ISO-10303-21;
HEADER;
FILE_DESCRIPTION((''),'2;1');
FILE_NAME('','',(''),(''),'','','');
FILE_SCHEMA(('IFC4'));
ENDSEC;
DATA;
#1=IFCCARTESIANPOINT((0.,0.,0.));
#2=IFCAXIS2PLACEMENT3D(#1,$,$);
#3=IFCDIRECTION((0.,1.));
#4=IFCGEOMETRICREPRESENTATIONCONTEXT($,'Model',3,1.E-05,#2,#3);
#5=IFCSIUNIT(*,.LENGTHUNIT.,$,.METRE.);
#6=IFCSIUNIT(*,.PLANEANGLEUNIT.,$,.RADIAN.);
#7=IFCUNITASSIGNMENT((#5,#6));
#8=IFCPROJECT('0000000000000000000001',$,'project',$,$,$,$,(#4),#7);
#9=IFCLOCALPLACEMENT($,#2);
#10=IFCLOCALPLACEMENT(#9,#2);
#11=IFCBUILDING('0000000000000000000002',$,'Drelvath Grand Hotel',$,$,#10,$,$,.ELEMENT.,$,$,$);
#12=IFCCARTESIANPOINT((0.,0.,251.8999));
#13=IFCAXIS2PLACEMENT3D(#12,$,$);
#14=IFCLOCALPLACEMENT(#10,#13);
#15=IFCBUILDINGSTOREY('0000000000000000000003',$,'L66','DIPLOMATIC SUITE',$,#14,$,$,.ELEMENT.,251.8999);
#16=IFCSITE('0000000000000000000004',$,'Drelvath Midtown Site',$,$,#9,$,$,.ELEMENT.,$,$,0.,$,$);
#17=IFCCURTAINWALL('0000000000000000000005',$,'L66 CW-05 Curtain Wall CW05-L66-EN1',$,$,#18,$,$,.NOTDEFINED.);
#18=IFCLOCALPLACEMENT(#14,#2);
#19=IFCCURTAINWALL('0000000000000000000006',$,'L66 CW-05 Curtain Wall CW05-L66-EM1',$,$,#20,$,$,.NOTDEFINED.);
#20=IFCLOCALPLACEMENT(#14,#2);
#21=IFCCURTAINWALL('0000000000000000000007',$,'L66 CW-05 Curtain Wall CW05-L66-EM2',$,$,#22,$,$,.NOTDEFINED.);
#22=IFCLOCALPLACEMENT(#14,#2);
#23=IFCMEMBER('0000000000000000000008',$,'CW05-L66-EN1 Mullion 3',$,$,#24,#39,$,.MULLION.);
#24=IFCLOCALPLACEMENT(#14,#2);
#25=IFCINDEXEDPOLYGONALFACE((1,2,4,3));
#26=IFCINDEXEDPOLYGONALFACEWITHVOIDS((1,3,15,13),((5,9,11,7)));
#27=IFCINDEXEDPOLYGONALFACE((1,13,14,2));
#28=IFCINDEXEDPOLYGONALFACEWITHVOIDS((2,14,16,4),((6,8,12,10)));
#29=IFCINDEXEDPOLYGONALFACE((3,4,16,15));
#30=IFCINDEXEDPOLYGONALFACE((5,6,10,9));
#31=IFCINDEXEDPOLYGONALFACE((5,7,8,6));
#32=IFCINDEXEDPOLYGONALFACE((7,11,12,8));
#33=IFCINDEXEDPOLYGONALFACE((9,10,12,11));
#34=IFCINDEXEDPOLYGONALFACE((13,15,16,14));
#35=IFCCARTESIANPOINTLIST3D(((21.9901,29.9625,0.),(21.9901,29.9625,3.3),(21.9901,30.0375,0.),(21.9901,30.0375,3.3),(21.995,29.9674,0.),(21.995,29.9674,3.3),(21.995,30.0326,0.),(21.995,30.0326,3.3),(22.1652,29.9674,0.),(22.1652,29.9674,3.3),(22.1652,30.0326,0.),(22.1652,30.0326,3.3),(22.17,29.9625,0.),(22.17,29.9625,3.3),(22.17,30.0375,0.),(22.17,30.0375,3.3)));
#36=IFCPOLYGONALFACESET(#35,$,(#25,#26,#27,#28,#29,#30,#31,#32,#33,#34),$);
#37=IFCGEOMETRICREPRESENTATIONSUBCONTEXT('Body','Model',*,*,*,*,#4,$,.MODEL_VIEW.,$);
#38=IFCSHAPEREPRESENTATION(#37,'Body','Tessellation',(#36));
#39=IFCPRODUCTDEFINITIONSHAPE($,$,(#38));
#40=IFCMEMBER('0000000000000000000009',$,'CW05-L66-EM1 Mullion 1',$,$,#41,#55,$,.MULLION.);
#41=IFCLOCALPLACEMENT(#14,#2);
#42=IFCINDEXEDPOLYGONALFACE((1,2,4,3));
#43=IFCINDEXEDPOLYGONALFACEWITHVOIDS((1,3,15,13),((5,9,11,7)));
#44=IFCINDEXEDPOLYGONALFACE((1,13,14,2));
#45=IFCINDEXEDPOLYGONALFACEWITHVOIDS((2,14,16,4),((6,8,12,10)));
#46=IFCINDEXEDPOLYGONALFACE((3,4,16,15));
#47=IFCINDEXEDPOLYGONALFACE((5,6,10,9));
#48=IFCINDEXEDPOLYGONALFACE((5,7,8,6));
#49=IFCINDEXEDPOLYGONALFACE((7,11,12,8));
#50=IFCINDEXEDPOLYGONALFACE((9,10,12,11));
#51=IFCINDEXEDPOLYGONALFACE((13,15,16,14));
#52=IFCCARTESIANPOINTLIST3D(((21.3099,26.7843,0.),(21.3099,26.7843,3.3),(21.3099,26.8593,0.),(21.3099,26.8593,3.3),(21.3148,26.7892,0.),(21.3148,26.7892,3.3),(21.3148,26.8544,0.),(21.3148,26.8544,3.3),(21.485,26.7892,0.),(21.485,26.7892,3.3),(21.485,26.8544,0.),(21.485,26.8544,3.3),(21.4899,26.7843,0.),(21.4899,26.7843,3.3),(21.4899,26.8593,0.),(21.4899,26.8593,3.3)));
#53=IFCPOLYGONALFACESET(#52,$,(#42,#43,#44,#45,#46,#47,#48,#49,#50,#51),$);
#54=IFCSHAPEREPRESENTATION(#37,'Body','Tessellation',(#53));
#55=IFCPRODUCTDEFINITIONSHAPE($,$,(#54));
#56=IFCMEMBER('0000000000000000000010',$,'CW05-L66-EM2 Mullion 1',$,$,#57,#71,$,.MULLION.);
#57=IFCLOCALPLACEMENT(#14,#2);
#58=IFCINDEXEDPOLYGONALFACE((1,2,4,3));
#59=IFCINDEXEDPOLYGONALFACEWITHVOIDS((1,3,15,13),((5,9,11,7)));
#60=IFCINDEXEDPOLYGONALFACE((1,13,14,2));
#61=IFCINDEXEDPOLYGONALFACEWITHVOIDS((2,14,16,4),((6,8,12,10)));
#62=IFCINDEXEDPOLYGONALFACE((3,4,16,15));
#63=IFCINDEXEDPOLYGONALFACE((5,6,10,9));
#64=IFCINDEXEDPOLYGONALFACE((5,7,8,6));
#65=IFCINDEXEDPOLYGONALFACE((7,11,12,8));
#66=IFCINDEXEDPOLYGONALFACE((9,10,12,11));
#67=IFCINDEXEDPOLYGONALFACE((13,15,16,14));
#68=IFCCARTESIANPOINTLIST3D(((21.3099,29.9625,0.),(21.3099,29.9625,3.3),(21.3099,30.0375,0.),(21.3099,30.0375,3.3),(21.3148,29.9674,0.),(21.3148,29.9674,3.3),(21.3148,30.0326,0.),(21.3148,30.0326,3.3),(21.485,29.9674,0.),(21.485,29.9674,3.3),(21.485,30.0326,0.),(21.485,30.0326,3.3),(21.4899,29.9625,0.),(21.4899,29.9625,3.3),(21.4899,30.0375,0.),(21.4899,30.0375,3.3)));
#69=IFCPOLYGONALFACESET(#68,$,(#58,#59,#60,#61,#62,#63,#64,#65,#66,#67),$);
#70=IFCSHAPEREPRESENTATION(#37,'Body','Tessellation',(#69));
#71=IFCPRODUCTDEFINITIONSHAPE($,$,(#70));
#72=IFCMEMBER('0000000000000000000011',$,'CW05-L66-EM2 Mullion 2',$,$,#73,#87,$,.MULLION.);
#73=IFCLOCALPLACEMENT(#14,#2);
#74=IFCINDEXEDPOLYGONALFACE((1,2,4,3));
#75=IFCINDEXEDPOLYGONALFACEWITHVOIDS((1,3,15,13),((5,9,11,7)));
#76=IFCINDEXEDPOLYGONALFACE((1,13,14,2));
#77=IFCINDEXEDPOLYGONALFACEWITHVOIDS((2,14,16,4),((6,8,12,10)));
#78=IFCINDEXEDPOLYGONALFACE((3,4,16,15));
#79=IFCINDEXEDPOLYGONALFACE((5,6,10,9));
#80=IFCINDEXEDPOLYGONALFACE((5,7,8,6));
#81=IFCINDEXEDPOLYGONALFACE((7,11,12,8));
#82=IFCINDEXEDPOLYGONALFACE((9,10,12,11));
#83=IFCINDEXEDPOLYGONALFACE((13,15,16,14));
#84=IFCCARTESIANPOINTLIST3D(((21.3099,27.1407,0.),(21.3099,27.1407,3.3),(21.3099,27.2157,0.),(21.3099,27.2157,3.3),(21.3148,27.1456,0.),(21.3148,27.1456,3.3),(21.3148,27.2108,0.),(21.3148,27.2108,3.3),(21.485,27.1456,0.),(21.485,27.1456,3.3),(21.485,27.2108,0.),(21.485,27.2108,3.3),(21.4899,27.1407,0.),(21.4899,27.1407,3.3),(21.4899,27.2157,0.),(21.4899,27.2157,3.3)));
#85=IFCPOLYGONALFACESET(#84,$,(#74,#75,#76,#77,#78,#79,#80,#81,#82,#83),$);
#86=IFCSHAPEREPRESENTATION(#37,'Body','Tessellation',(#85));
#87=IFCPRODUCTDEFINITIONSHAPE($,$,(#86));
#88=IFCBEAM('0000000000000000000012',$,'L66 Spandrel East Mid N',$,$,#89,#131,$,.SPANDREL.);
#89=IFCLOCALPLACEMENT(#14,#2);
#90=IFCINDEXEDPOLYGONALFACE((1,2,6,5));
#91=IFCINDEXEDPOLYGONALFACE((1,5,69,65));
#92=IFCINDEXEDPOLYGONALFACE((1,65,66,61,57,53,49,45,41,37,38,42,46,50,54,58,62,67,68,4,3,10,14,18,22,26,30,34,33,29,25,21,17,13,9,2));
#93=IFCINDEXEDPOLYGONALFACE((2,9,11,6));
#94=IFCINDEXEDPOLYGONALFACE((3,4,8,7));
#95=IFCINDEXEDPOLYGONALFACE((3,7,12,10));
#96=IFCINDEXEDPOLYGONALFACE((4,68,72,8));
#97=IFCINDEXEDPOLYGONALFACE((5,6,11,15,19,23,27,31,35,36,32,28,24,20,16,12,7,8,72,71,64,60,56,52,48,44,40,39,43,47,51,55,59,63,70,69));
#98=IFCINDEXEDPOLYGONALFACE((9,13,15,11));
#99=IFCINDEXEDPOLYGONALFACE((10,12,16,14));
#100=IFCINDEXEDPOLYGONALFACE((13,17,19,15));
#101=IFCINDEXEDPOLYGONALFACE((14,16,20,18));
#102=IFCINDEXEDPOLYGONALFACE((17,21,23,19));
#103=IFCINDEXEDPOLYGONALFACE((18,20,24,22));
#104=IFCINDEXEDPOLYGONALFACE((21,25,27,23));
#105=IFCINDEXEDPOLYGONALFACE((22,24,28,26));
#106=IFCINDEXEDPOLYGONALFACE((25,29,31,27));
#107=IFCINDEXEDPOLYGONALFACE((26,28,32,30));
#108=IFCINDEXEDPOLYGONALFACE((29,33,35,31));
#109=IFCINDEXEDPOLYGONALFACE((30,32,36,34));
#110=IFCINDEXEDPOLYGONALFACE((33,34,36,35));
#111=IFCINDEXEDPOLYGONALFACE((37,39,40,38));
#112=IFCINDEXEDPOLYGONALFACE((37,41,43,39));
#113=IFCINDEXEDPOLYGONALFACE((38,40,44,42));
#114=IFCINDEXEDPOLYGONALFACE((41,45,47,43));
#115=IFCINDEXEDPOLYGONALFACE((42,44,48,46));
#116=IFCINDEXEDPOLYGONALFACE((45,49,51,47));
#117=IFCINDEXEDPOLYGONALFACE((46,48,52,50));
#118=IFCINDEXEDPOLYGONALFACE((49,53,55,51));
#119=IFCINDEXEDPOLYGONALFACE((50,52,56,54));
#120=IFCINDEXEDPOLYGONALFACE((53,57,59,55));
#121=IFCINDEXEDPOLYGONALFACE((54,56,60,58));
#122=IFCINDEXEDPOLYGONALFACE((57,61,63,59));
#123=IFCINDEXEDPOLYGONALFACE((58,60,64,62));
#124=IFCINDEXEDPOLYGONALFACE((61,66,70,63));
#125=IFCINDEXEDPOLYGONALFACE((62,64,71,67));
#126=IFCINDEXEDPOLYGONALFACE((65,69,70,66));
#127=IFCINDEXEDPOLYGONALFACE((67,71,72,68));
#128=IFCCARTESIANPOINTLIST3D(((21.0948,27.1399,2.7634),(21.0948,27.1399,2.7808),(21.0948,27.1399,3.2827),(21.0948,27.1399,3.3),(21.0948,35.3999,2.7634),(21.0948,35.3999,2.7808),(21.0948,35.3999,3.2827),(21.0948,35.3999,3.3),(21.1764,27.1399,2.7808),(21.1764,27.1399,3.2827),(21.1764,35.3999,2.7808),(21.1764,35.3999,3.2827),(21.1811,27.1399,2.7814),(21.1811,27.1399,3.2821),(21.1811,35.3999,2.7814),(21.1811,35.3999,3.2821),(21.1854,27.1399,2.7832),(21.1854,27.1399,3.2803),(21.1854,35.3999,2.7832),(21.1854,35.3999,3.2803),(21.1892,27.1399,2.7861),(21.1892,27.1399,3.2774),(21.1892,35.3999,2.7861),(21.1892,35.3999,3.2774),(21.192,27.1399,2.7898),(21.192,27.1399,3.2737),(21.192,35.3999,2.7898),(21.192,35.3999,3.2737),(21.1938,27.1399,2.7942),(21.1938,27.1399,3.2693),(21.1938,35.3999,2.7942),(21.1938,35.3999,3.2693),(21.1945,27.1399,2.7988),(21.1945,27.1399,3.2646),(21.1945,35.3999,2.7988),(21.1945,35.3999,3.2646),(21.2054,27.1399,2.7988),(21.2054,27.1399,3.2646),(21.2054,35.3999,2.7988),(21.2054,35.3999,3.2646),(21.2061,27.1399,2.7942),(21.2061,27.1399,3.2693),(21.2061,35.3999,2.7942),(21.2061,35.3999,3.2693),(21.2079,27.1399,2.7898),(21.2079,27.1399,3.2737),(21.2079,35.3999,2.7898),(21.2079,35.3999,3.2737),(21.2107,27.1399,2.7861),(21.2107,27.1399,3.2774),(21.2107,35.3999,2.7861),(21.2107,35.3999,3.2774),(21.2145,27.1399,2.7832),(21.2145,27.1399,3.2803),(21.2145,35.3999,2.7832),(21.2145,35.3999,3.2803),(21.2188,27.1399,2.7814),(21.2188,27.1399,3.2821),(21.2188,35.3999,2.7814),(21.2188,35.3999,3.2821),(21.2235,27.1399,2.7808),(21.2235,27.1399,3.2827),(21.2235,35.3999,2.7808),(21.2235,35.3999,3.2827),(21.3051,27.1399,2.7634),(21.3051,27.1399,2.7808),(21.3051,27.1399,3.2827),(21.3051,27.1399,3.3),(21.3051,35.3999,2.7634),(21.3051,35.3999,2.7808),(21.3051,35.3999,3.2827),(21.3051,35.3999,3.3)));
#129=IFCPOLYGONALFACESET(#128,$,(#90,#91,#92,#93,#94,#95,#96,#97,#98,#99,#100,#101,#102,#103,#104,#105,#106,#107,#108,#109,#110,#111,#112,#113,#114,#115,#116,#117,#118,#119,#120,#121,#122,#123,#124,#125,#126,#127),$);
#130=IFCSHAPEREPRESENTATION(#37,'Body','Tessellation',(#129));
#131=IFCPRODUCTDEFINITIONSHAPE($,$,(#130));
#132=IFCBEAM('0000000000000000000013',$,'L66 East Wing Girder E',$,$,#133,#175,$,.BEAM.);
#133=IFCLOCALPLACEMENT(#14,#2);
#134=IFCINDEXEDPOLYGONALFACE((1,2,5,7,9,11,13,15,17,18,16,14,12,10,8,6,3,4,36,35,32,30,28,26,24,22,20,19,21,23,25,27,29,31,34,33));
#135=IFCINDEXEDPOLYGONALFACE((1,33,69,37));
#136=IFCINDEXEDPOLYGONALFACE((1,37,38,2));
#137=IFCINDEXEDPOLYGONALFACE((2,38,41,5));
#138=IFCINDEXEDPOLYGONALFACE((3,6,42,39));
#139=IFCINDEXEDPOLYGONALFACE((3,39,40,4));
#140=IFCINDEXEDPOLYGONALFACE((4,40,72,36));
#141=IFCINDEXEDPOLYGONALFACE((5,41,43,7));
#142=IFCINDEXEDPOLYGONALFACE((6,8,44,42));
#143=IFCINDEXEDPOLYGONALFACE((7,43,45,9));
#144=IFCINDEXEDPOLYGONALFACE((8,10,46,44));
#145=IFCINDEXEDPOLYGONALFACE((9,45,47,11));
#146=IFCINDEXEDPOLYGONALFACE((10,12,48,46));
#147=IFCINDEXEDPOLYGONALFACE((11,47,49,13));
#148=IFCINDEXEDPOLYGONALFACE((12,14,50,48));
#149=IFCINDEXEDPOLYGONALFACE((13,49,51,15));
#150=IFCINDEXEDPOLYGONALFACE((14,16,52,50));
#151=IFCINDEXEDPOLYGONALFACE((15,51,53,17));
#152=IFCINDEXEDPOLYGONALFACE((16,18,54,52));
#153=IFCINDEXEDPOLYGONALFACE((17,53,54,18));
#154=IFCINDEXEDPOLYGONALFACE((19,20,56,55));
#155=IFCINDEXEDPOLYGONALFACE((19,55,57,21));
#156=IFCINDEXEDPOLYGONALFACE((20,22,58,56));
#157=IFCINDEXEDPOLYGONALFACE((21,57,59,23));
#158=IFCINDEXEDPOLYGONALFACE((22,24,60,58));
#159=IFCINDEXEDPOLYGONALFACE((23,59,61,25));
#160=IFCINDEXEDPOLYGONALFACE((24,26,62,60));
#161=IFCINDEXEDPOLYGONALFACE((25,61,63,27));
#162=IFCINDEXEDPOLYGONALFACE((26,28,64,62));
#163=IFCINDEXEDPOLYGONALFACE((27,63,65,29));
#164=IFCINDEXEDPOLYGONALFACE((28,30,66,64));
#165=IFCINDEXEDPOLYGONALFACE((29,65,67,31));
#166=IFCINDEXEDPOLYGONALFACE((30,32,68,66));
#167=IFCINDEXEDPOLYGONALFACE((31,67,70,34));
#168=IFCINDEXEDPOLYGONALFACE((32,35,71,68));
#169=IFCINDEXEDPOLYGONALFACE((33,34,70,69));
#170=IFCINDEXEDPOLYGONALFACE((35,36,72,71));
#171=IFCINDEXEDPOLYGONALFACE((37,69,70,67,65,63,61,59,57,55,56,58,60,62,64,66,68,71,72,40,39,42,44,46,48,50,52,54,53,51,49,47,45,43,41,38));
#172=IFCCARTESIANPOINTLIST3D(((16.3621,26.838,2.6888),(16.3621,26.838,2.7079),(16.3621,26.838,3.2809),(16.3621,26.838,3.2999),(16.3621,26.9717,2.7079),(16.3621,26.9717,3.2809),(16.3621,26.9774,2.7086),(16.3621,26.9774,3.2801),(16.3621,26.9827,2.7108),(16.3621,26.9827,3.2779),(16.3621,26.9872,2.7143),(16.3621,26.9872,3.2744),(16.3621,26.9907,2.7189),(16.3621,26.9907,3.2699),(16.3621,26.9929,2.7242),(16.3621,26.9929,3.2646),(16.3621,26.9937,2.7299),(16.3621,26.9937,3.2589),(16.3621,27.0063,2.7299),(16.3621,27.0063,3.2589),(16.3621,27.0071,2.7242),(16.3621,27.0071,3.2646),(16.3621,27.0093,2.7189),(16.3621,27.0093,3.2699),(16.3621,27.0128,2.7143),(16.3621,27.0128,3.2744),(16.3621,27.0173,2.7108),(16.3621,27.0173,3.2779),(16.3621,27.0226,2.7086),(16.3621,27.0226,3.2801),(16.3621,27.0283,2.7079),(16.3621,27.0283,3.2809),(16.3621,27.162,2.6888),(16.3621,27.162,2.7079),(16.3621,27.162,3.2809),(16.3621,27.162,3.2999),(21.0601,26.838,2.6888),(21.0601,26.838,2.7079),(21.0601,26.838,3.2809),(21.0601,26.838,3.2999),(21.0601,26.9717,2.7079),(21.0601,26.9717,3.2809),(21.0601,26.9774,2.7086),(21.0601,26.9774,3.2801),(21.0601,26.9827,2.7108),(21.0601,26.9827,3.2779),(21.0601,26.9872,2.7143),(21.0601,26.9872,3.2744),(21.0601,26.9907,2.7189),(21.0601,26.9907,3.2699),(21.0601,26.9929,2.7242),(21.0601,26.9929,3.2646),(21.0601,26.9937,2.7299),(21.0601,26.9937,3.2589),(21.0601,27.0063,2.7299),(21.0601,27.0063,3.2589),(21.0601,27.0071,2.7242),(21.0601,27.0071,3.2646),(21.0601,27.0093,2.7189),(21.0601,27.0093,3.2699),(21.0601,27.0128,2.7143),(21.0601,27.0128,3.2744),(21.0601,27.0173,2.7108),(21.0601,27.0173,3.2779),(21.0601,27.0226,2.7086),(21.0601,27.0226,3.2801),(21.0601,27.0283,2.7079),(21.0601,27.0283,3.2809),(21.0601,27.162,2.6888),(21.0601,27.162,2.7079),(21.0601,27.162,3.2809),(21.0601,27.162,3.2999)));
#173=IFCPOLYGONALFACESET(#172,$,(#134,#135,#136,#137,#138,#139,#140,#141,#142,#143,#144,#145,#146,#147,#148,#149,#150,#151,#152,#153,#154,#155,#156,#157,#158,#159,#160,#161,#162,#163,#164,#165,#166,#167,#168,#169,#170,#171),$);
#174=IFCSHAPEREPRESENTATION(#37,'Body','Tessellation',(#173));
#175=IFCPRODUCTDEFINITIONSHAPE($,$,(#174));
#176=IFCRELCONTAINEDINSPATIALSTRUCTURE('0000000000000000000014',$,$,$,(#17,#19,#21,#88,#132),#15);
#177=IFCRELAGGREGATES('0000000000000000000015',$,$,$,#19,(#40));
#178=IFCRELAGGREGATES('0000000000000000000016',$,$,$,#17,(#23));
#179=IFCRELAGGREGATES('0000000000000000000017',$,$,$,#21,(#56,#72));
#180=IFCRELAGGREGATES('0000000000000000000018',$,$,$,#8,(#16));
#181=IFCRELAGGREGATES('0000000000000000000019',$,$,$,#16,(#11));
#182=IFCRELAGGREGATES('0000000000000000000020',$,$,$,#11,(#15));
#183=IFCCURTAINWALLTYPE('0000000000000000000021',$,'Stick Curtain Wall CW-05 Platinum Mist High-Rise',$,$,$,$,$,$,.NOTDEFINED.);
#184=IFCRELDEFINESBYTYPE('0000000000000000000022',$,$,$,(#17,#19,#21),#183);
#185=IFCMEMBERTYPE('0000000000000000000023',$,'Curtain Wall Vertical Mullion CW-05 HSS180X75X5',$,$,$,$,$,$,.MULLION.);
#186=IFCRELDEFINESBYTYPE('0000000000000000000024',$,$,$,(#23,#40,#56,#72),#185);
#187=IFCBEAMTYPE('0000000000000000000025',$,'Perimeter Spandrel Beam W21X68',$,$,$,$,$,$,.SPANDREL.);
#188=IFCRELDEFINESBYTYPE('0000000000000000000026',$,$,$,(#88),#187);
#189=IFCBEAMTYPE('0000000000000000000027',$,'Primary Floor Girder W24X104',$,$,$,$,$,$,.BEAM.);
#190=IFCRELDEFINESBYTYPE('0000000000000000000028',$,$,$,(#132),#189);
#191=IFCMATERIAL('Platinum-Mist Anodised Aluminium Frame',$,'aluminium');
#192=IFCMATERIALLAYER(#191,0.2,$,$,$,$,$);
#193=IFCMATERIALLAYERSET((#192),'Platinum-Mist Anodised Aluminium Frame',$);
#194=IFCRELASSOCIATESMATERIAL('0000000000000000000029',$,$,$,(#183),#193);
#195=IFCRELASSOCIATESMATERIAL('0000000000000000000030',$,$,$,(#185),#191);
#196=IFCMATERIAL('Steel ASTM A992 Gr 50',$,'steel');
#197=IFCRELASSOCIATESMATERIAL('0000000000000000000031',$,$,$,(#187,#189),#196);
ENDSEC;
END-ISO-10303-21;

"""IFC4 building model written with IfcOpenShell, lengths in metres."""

from ifc_helpers import new_model, si_unit, direction, frame, origin, origin_2d, place, context, subcontext, project, spatial, hollow_rectangle, i_section, extrude, material, layer, layer_set, material_profile, profile_set, type_object, element, aggregate, save


model = new_model("IFC4")

# Units and contexts
model_context = context("Model", 3, precision=1e-05, world=origin(), true_north=direction((0.0, 1.0)))
body_context = subcontext(model_context, "Body", "Model", "MODEL_VIEW")
ifc_project = project(units=[si_unit("LENGTHUNIT", "METRE"), si_unit("PLANEANGLEUNIT", "RADIAN")], contexts=[model_context])

# Site, building, storey
site_placement = place(None, origin())
site = spatial("IfcSite", under=ifc_project, at=site_placement, Name="Drelvath Midtown Site", CompositionType="ELEMENT", RefElevation=0.0)
building_placement = place(site_placement, origin())
building = spatial("IfcBuilding", under=site, at=building_placement, Name="Drelvath Grand Hotel", CompositionType="ELEMENT")
storey_placement = place(building_placement, frame((0.0, 0.0, 251.8999)))
storey = spatial("IfcBuildingStorey", under=building, at=storey_placement, Name="L66", Description="DIPLOMATIC SUITE", CompositionType="ELEMENT", Elevation=251.8999)

# Curtain walls
ifc_material_1 = material(Name="Platinum-Mist Anodised Aluminium Frame", Category="aluminium")
ifc_layer_1 = layer(ifc_material_1, 0.2)
ifc_layer_set_1 = layer_set([ifc_layer_1], Name="Platinum-Mist Anodised Aluminium Frame")
curtain_wall_type = type_object("IfcCurtainWallType", Name="Stick Curtain Wall CW-05 Platinum Mist High-Rise", PredefinedType="NOTDEFINED", material=ifc_layer_set_1)
curtain_wall_1_placement = place(storey_placement, origin())
curtain_wall_1 = element("IfcCurtainWall", 1, at=curtain_wall_1_placement, inside=storey, type_object=curtain_wall_type, Name="L66 CW-05 Curtain Wall CW05-L66-EN1", PredefinedType="NOTDEFINED")
curtain_wall_2_placement = place(storey_placement, origin())
curtain_wall_2 = element("IfcCurtainWall", 2, at=curtain_wall_2_placement, inside=storey, type_object=curtain_wall_type, Name="L66 CW-05 Curtain Wall CW05-L66-EM1", PredefinedType="NOTDEFINED")
curtain_wall_3_placement = place(storey_placement, origin())
curtain_wall_3 = element("IfcCurtainWall", 3, at=curtain_wall_3_placement, inside=storey, type_object=curtain_wall_type, Name="L66 CW-05 Curtain Wall CW05-L66-EM2", PredefinedType="NOTDEFINED")

# Members
ifc_material_profile_1 = material_profile(ifc_material_1, hollow_rectangle(XDim=0.075, YDim=0.1799, WallThickness=0.0049, at=origin_2d()), Name="HSS180X75X5")
ifc_profile_set_1 = profile_set([ifc_material_profile_1], Name="Platinum-Mist Anodised Aluminium Frame")
member_type_1 = type_object("IfcMemberType", Name="Curtain Wall Vertical Mullion CW-05 HSS180X75X5", PredefinedType="MULLION", material=ifc_profile_set_1)
member_1_placement = place(storey_placement, frame((22.0801, 30.0, 0.0), z_axis=(0.0, 0.0, 1.0), x_axis=(0.0, 1.0, 0.0)))
member_1 = element("IfcMember", 4, at=member_1_placement, type_object=member_type_1, Name="CW05-L66-EN1 Mullion 3", PredefinedType="MULLION", context=body_context, shape_type="SweptSolid", body=[
    extrude(hollow_rectangle(XDim=0.075, YDim=0.1799, WallThickness=0.0049, at=origin_2d()), origin(), (0.0, 0.0, 1.0), 3.3),
])
member_2_placement = place(storey_placement, frame((21.3999, 26.8218, 0.0), z_axis=(0.0, 0.0, 1.0), x_axis=(0.0, 1.0, 0.0)))
member_2 = element("IfcMember", 5, at=member_2_placement, type_object=member_type_1, Name="CW05-L66-EM1 Mullion 1", PredefinedType="MULLION", context=body_context, shape_type="SweptSolid", body=[
    extrude(hollow_rectangle(XDim=0.075, YDim=0.1799, WallThickness=0.0049, at=origin_2d()), origin(), (0.0, 0.0, 1.0), 3.3),
])
aggregate(curtain_wall_2, [member_2])
member_3_placement = place(storey_placement, frame((21.3999, 30.0, 0.0), z_axis=(0.0, 0.0, 1.0), x_axis=(0.0, 1.0, 0.0)))
member_3 = element("IfcMember", 6, at=member_3_placement, type_object=member_type_1, Name="CW05-L66-EM2 Mullion 1", PredefinedType="MULLION", context=body_context, shape_type="SweptSolid", body=[
    extrude(hollow_rectangle(XDim=0.075, YDim=0.1799, WallThickness=0.0049, at=origin_2d()), origin(), (0.0, 0.0, 1.0), 3.3),
])
member_4_placement = place(storey_placement, frame((21.3999, 27.1782, 0.0), z_axis=(0.0, 0.0, 1.0), x_axis=(0.0, 1.0, 0.0)))
member_4 = element("IfcMember", 7, at=member_4_placement, type_object=member_type_1, Name="CW05-L66-EM2 Mullion 2", PredefinedType="MULLION", context=body_context, shape_type="SweptSolid", body=[
    extrude(hollow_rectangle(XDim=0.075, YDim=0.1799, WallThickness=0.0049, at=origin_2d()), origin(), (0.0, 0.0, 1.0), 3.3),
])

# Beams
ifc_material_2 = material(Name="Steel ASTM A992 Gr 50", Category="steel")
ifc_material_profile_2 = material_profile(ifc_material_2, i_section(OverallWidth=0.2102, OverallDepth=0.5366, WebThickness=0.011, FlangeThickness=0.0173, FilletRadius=0.0181, at=origin_2d()), Name="W21X68")
ifc_profile_set_2 = profile_set([ifc_material_profile_2], Name="Steel ASTM A992 Gr 50")
beam_type_1 = type_object("IfcBeamType", Name="Perimeter Spandrel Beam W21X68", PredefinedType="SPANDREL", material=ifc_profile_set_2)
beam_1_placement = place(storey_placement, frame((21.2, 27.1399, 3.0317), z_axis=(0.0, 1.0, 0.0), x_axis=(-1.0, 0.0, 0.0)))
element("IfcBeam", 8, at=beam_1_placement, inside=storey, type_object=beam_type_1, Name="L66 Spandrel East Mid N", PredefinedType="SPANDREL", context=body_context, shape_type="SweptSolid", body=[
    extrude(i_section(OverallWidth=0.2102, OverallDepth=0.5366, WebThickness=0.011, FlangeThickness=0.0173, FilletRadius=0.0181, at=origin_2d()), origin(), (0.0, 0.0, 1.0), 8.26),
])
ifc_material_profile_3 = material_profile(ifc_material_2, i_section(OverallWidth=0.324, OverallDepth=0.6111, WebThickness=0.0127, FlangeThickness=0.019, FilletRadius=0.022, at=origin_2d()), Name="W24X104")
ifc_profile_set_3 = profile_set([ifc_material_profile_3], Name="Steel ASTM A992 Gr 50")
beam_type_2 = type_object("IfcBeamType", Name="Primary Floor Girder W24X104", PredefinedType="BEAM", material=ifc_profile_set_3)
beam_2_placement = place(storey_placement, frame((16.3621, 27.0, 2.9944), z_axis=(1.0, 0.0, 0.0), x_axis=(0.0, 1.0, 0.0)))
element("IfcBeam", 9, at=beam_2_placement, inside=storey, type_object=beam_type_2, Name="L66 East Wing Girder E", PredefinedType="BEAM", context=body_context, shape_type="SweptSolid", body=[
    extrude(i_section(OverallWidth=0.324, OverallDepth=0.6111, WebThickness=0.0127, FlangeThickness=0.019, FilletRadius=0.022, at=origin_2d()), origin(), (0.0, 0.0, 1.0), 4.698),
])

aggregate(curtain_wall_1, [member_1])
aggregate(curtain_wall_3, [member_3, member_4])

save(model, "model.ifc")
